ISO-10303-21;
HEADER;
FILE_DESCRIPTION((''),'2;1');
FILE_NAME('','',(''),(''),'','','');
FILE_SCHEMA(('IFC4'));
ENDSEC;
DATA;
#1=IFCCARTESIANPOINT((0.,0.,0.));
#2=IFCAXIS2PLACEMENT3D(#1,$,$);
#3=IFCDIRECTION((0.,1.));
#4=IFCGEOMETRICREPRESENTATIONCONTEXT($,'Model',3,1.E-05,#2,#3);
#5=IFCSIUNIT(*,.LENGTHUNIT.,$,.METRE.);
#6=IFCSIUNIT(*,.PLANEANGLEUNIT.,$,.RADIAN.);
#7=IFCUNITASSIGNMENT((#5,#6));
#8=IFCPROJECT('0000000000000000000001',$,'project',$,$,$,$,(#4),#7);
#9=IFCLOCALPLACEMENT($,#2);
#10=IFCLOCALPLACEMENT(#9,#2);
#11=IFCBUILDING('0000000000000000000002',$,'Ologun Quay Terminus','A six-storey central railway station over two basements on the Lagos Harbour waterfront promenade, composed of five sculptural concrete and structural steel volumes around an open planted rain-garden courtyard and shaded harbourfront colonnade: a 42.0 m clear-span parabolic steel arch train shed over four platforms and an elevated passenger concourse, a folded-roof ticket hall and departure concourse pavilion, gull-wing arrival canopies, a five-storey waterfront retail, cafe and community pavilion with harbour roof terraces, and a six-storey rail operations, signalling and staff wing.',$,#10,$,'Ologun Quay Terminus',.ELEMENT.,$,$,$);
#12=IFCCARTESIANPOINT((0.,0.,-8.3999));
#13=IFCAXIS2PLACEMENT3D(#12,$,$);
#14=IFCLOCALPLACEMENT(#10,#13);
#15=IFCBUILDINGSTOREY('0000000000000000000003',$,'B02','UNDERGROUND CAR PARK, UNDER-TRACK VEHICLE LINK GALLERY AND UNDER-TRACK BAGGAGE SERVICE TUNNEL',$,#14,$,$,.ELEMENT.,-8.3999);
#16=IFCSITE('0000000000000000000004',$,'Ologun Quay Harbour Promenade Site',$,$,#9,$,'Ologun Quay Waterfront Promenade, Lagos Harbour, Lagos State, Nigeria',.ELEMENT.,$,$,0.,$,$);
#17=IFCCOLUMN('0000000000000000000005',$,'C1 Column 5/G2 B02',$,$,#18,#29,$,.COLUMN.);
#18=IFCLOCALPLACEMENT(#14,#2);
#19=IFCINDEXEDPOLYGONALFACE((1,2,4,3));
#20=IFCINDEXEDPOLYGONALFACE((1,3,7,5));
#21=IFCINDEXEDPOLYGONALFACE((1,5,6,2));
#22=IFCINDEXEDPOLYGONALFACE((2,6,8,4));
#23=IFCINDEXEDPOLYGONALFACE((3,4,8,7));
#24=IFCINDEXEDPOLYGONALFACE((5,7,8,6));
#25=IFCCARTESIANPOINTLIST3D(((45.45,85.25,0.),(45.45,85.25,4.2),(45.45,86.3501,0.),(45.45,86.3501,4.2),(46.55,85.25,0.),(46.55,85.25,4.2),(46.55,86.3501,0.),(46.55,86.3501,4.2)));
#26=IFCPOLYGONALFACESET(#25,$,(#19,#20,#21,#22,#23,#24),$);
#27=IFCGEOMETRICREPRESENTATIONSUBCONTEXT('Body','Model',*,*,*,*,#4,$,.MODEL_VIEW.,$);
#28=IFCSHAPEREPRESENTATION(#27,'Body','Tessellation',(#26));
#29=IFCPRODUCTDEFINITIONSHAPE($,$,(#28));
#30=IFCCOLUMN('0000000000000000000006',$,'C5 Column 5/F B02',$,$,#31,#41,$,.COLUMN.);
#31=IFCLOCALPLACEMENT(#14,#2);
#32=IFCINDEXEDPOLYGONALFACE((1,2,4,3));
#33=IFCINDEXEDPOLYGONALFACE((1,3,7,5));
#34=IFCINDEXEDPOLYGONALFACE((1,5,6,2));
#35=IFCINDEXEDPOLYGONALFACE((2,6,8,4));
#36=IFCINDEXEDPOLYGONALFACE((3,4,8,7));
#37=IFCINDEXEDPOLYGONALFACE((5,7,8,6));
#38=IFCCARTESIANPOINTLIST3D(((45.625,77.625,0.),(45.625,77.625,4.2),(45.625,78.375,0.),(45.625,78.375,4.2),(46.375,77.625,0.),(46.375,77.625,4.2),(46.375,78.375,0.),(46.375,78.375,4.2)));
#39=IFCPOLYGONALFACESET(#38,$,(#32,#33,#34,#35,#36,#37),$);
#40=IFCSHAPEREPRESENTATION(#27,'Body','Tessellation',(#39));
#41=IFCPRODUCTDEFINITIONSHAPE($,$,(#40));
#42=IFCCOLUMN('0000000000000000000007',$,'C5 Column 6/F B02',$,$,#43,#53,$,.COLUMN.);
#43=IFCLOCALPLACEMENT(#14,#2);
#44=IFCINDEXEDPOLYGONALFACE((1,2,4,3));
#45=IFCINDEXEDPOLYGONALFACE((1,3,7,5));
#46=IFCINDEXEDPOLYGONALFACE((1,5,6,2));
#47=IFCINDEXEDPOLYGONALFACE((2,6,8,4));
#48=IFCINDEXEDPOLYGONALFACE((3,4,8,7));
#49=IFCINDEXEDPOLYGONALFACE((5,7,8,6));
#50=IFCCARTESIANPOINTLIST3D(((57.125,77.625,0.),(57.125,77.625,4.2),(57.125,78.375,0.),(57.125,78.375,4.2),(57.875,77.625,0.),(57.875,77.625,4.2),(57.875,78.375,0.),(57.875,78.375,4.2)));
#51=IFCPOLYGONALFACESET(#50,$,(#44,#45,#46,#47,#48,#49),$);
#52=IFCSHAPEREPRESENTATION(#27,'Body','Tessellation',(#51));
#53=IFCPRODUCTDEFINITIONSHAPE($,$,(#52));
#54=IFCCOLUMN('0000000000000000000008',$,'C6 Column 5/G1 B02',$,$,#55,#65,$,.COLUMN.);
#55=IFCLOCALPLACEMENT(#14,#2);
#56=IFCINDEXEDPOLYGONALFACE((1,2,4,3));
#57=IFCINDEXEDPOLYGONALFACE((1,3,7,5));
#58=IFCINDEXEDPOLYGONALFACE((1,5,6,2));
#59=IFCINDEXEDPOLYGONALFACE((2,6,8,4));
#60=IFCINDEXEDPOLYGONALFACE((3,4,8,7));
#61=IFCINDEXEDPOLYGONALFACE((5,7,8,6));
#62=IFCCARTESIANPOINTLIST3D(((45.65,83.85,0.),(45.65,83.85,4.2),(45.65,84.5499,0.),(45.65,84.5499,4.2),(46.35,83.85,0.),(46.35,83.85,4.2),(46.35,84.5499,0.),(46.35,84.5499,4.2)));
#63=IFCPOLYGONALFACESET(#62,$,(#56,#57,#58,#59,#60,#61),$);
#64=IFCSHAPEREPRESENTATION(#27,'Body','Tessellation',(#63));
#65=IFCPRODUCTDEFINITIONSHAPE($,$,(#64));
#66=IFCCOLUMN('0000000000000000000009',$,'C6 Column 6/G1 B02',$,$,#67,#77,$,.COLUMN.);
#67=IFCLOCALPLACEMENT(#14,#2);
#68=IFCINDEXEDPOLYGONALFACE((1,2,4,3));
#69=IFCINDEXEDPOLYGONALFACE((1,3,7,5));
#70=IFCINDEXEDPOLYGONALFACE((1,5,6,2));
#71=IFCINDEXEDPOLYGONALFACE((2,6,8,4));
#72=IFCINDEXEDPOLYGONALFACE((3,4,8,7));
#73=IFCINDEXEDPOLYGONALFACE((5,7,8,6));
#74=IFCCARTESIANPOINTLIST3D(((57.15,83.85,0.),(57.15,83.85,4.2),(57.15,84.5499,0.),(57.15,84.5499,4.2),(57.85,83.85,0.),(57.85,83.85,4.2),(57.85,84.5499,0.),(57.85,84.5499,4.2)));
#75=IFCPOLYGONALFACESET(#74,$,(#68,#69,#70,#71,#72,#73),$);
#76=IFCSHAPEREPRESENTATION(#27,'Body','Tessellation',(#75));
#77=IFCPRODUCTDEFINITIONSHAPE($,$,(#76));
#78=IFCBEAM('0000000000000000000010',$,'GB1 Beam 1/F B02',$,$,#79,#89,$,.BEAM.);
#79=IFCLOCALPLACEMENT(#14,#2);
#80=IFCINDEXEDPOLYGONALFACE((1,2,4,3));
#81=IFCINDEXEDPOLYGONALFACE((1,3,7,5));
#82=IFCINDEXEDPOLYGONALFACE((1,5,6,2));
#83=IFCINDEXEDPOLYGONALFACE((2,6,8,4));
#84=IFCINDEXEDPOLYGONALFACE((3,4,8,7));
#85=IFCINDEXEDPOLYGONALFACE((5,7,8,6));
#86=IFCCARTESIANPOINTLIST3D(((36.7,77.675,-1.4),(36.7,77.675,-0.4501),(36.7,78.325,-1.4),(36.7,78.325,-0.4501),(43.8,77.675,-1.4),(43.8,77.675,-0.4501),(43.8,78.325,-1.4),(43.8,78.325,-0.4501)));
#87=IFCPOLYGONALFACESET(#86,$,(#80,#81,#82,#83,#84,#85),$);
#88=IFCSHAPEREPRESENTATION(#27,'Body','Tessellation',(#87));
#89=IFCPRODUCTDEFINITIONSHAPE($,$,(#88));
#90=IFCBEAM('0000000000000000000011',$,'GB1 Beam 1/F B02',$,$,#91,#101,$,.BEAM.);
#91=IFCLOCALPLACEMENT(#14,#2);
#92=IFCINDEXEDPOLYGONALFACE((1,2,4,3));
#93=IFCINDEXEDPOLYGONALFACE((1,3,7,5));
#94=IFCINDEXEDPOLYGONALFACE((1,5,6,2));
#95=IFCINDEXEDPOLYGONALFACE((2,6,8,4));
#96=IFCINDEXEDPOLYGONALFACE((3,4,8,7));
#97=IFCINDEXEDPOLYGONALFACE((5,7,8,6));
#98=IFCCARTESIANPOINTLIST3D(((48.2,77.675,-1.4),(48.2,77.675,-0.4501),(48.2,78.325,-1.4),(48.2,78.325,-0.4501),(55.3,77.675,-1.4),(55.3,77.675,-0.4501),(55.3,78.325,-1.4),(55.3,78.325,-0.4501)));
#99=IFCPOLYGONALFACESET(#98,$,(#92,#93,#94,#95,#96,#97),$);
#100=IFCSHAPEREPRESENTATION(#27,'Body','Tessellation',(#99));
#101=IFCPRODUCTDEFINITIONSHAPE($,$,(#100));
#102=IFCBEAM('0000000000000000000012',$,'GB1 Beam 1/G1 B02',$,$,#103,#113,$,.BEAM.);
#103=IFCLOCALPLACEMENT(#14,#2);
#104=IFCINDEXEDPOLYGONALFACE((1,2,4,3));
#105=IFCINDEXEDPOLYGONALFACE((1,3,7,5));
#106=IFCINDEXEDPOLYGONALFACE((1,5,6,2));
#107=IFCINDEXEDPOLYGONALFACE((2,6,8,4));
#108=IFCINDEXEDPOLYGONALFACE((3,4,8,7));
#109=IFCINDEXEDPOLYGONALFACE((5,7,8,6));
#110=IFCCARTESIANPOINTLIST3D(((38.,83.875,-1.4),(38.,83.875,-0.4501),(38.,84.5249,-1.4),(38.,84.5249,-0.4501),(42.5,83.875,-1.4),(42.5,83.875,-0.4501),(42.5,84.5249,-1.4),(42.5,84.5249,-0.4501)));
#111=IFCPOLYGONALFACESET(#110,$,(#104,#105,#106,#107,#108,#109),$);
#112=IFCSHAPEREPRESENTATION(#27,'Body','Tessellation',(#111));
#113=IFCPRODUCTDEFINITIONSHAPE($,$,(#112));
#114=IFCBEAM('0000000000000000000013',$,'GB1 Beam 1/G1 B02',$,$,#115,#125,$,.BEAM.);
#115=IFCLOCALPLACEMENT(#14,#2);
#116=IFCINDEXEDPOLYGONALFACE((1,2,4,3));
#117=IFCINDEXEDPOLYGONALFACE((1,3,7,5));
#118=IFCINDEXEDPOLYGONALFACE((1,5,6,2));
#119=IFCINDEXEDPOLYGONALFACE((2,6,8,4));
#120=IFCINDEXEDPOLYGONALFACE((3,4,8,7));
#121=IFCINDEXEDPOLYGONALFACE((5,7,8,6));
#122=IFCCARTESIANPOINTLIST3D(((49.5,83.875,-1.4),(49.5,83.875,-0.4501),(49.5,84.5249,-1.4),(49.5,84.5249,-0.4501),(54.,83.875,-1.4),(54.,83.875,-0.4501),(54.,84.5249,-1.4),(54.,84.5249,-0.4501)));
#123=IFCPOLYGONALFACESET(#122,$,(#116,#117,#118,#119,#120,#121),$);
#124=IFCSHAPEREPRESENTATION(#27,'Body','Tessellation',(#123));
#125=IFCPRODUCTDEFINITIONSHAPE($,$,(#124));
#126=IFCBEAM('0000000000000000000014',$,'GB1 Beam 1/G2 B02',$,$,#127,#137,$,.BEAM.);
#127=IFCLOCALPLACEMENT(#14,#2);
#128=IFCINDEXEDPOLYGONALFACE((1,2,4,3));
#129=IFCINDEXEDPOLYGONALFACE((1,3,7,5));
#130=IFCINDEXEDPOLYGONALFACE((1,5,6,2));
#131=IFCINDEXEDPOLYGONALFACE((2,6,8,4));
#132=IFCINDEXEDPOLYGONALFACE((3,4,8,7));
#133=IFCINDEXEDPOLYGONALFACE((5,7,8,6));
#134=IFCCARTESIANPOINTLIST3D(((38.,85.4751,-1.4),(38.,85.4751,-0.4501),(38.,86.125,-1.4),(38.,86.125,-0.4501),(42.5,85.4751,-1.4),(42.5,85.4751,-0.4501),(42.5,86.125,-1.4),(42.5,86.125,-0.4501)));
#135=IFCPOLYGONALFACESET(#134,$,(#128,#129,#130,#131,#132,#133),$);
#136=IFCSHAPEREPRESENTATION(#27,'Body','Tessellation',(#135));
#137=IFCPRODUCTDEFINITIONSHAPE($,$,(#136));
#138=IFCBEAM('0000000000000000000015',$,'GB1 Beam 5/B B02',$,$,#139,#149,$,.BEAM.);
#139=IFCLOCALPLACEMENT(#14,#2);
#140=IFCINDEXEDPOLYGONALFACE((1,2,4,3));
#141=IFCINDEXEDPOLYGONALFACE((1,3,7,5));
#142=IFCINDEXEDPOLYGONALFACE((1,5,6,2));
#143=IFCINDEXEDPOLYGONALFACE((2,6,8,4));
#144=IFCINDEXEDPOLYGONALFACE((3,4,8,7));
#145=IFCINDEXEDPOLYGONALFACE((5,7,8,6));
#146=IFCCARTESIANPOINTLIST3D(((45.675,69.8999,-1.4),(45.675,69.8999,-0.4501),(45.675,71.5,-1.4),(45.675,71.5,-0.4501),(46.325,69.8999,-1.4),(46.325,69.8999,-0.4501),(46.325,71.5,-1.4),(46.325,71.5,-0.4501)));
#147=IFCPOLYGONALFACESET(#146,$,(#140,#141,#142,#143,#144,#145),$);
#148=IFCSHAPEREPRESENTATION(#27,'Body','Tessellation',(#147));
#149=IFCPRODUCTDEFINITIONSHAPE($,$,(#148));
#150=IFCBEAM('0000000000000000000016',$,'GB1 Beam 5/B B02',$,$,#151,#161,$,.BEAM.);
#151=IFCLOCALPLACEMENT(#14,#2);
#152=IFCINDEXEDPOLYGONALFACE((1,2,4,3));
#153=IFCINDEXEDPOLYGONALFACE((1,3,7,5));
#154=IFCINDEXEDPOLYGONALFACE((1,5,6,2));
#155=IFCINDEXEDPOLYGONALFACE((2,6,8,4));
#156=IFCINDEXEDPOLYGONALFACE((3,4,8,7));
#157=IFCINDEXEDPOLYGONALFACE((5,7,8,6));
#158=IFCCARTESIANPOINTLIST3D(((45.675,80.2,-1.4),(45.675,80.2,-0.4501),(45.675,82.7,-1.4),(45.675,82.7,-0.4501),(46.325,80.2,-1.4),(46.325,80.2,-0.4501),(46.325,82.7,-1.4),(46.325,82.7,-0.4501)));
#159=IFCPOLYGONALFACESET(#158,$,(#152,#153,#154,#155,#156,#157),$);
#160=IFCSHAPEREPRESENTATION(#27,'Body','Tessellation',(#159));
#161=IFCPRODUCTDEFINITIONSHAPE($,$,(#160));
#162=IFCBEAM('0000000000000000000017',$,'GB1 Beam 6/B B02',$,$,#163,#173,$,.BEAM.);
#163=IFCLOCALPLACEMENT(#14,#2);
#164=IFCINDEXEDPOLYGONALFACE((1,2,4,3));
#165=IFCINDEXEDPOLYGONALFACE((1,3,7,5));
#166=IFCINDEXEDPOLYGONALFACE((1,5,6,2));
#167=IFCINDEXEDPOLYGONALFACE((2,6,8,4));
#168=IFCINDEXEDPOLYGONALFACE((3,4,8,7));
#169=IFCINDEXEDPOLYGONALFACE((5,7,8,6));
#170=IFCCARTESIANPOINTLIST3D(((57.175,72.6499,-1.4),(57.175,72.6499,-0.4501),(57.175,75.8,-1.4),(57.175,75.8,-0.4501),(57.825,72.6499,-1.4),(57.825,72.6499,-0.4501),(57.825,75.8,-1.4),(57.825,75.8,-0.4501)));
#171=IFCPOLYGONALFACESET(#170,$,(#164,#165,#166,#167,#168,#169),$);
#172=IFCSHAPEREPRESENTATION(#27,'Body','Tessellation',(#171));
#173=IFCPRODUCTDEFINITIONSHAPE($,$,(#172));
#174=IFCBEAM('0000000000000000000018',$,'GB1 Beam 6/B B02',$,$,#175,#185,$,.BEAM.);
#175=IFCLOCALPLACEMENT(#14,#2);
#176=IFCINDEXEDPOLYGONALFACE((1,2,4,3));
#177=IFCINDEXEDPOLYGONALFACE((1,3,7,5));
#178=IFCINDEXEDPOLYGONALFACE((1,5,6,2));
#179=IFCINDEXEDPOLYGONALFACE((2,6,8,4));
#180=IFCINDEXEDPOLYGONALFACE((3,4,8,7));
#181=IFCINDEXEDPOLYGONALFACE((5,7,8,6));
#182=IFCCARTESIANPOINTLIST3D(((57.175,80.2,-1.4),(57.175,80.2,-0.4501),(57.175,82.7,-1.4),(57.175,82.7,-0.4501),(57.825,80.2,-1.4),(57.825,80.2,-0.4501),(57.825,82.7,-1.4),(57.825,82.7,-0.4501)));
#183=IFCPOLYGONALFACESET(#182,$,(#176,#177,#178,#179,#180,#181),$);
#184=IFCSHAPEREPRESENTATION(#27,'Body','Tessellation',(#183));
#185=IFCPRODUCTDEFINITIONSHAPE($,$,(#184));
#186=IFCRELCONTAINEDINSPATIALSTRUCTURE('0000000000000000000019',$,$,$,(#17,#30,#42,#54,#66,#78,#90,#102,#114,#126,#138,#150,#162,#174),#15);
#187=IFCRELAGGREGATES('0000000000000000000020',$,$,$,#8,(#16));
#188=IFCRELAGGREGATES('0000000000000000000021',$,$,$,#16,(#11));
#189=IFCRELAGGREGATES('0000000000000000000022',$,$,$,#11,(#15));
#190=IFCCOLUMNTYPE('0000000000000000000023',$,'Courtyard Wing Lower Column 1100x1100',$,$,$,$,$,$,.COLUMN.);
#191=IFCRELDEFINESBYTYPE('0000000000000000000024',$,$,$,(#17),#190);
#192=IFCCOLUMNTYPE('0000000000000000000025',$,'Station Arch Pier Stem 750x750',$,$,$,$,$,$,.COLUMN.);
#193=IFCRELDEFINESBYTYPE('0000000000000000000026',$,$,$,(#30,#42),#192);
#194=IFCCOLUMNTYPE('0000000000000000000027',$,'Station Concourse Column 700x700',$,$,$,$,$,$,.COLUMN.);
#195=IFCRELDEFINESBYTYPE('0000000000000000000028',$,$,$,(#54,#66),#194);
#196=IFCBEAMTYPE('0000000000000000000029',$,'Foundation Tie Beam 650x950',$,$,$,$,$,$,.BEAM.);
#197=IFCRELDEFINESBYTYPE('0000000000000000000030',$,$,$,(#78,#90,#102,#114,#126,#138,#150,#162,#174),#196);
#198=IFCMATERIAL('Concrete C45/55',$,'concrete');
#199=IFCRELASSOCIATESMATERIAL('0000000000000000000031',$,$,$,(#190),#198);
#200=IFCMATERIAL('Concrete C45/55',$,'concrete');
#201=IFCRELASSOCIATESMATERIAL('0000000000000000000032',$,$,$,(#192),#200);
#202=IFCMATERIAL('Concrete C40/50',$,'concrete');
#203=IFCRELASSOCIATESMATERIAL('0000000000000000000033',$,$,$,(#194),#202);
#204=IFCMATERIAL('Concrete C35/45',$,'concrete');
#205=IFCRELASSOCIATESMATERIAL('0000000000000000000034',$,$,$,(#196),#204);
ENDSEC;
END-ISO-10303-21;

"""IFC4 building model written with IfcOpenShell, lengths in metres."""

from ifc_helpers import new_model, si_unit, direction, frame, origin, origin_2d, place, context, subcontext, project, spatial, rectangle, extrude, material, material_profile, profile_set, type_object, element, save


model = new_model("IFC4")

# Units and contexts
model_context = context("Model", 3, precision=1e-05, world=origin(), true_north=direction((0.0, 1.0)))
body_context = subcontext(model_context, "Body", "Model", "MODEL_VIEW")
ifc_project = project(units=[si_unit("LENGTHUNIT", "METRE"), si_unit("PLANEANGLEUNIT", "RADIAN")], contexts=[model_context])

# Site, building, storey
site_placement = place(None, origin())
site = spatial("IfcSite", under=ifc_project, at=site_placement, Name="Ologun Quay Harbour Promenade Site", LongName="Ologun Quay Waterfront Promenade, Lagos Harbour, Lagos State, Nigeria", CompositionType="ELEMENT", RefElevation=0.0)
building_placement = place(site_placement, origin())
building = spatial("IfcBuilding", under=site, at=building_placement, Name="Ologun Quay Terminus", Description="A six-storey central railway station over two basements on the Lagos Harbour waterfront promenade, composed of five sculptural concrete and structural steel volumes around an open planted rain-garden courtyard and shaded harbourfront colonnade: a 42.0 m clear-span parabolic steel arch train shed over four platforms and an elevated passenger concourse, a folded-roof ticket hall and departure concourse pavilion, gull-wing arrival canopies, a five-storey waterfront retail, cafe and community pavilion with harbour roof terraces, and a six-storey rail operations, signalling and staff wing.", LongName="Ologun Quay Terminus", CompositionType="ELEMENT")
storey_placement = place(building_placement, frame((0.0, 0.0, -8.3999)))
storey = spatial("IfcBuildingStorey", under=building, at=storey_placement, Name="B02", Description="UNDERGROUND CAR PARK, UNDER-TRACK VEHICLE LINK GALLERY AND UNDER-TRACK BAGGAGE SERVICE TUNNEL", CompositionType="ELEMENT", Elevation=-8.3999)

# Columns
ifc_material_1 = material(Name="Concrete C45/55", Category="concrete")
ifc_material_profile_1 = material_profile(ifc_material_1, rectangle(XDim=1.1001, YDim=1.1001, at=origin_2d()), Name="RC 1100x1100")
ifc_profile_set_1 = profile_set([ifc_material_profile_1], Name="Concrete C45/55")
column_type_1 = type_object("IfcColumnType", Name="Courtyard Wing Lower Column 1100x1100", PredefinedType="COLUMN", material=ifc_profile_set_1)
column_placement = place(storey_placement, frame((46.0, 85.8, 0.0), z_axis=(0.0, 0.0, 1.0), x_axis=(1.0, 0.0, 0.0)))
element("IfcColumn", 1, at=column_placement, inside=storey, type_object=column_type_1, Name="C1 Column 5/G2 B02", PredefinedType="COLUMN", context=body_context, shape_type="SweptSolid", body=[
    extrude(rectangle(XDim=1.1001, YDim=1.1001, at=origin_2d()), origin(), (0.0, 0.0, 1.0), 4.2),
])
ifc_material_2 = material(Name="Concrete C45/55", Category="concrete")
ifc_material_profile_2 = material_profile(ifc_material_2, rectangle(XDim=0.75, YDim=0.75, at=origin_2d()), Name="RC 750x750")
ifc_profile_set_2 = profile_set([ifc_material_profile_2], Name="Concrete C45/55")
column_type_2 = type_object("IfcColumnType", Name="Station Arch Pier Stem 750x750", PredefinedType="COLUMN", material=ifc_profile_set_2)
for number, where, z_axis, x_axis, name in (
    (2, (46.0, 78.0, 0.0), (0.0, 0.0, 1.0), (1.0, 0.0, 0.0), "C5 Column 5/F B02"),
    (3, (57.5, 78.0, 0.0), (0.0, 0.0, 1.0), (1.0, 0.0, 0.0), "C5 Column 6/F B02"),
):
    element("IfcColumn", number, at=place(storey_placement, frame(where, z_axis=z_axis, x_axis=x_axis)), inside=storey, type_object=column_type_2, Name=name, PredefinedType="COLUMN", context=body_context, shape_type="SweptSolid", body=[
        extrude(rectangle(XDim=0.75, YDim=0.75, at=origin_2d()), origin(), (0.0, 0.0, 1.0), 4.2),
    ])
ifc_material_3 = material(Name="Concrete C40/50", Category="concrete")
ifc_material_profile_3 = material_profile(ifc_material_3, rectangle(XDim=0.7, YDim=0.7, at=origin_2d()), Name="RC 700x700")
ifc_profile_set_3 = profile_set([ifc_material_profile_3], Name="Concrete C40/50")
column_type_3 = type_object("IfcColumnType", Name="Station Concourse Column 700x700", PredefinedType="COLUMN", material=ifc_profile_set_3)
for number, where, z_axis, x_axis, name in (
    (4, (46.0, 84.2, 0.0), (0.0, 0.0, 1.0), (1.0, 0.0, 0.0), "C6 Column 5/G1 B02"),
    (5, (57.5, 84.2, 0.0), (0.0, 0.0, 1.0), (1.0, 0.0, 0.0), "C6 Column 6/G1 B02"),
):
    element("IfcColumn", number, at=place(storey_placement, frame(where, z_axis=z_axis, x_axis=x_axis)), inside=storey, type_object=column_type_3, Name=name, PredefinedType="COLUMN", context=body_context, shape_type="SweptSolid", body=[
        extrude(rectangle(XDim=0.7, YDim=0.7, at=origin_2d()), origin(), (0.0, 0.0, 1.0), 4.2),
    ])

# Beams
ifc_material_4 = material(Name="Concrete C35/45", Category="concrete")
ifc_material_profile_4 = material_profile(ifc_material_4, rectangle(XDim=0.6499, YDim=0.95, at=origin_2d()), Name="RC 650x950")
ifc_profile_set_4 = profile_set([ifc_material_profile_4], Name="Concrete C35/45")
beam_type = type_object("IfcBeamType", Name="Foundation Tie Beam 650x950", PredefinedType="BEAM", material=ifc_profile_set_4)
for number, where, z_axis, x_axis, name in (
    (6, (36.7, 78.0, -0.925), (1.0, 0.0, 0.0), (0.0, 1.0, 0.0), "GB1 Beam 1/F B02"),
    (7, (48.2, 78.0, -0.925), (1.0, 0.0, 0.0), (0.0, 1.0, 0.0), "GB1 Beam 1/F B02"),
):
    element("IfcBeam", number, at=place(storey_placement, frame(where, z_axis=z_axis, x_axis=x_axis)), inside=storey, type_object=beam_type, Name=name, PredefinedType="BEAM", context=body_context, shape_type="SweptSolid", body=[
        extrude(rectangle(XDim=0.6499, YDim=0.95, at=origin_2d()), origin(), (0.0, 0.0, 1.0), 7.1001),
    ])
for number, where, z_axis, x_axis, name in (
    (8, (38.0, 84.2, -0.925), (1.0, 0.0, 0.0), (0.0, 1.0, 0.0), "GB1 Beam 1/G1 B02"),
    (9, (49.5, 84.2, -0.925), (1.0, 0.0, 0.0), (0.0, 1.0, 0.0), "GB1 Beam 1/G1 B02"),
    (10, (38.0, 85.8, -0.925), (1.0, 0.0, 0.0), (0.0, 1.0, 0.0), "GB1 Beam 1/G2 B02"),
):
    element("IfcBeam", number, at=place(storey_placement, frame(where, z_axis=z_axis, x_axis=x_axis)), inside=storey, type_object=beam_type, Name=name, PredefinedType="BEAM", context=body_context, shape_type="SweptSolid", body=[
        extrude(rectangle(XDim=0.6499, YDim=0.95, at=origin_2d()), origin(), (0.0, 0.0, 1.0), 4.5),
    ])
beam_1_placement = place(storey_placement, frame((46.0, 69.8999, -0.925), z_axis=(0.0, 1.0, 0.0), x_axis=(-1.0, 0.0, 0.0)))
element("IfcBeam", 11, at=beam_1_placement, inside=storey, type_object=beam_type, Name="GB1 Beam 5/B B02", PredefinedType="BEAM", context=body_context, shape_type="SweptSolid", body=[
    extrude(rectangle(XDim=0.6499, YDim=0.95, at=origin_2d()), origin(), (0.0, 0.0, 1.0), 1.6001),
])
beam_2_placement = place(storey_placement, frame((46.0, 80.2, -0.925), z_axis=(0.0, 1.0, 0.0), x_axis=(-1.0, 0.0, 0.0)))
element("IfcBeam", 12, at=beam_2_placement, inside=storey, type_object=beam_type, Name="GB1 Beam 5/B B02", PredefinedType="BEAM", context=body_context, shape_type="SweptSolid", body=[
    extrude(rectangle(XDim=0.6499, YDim=0.95, at=origin_2d()), origin(), (0.0, 0.0, 1.0), 2.5),
])
beam_3_placement = place(storey_placement, frame((57.5, 72.6499, -0.925), z_axis=(0.0, 1.0, 0.0), x_axis=(-1.0, 0.0, 0.0)))
element("IfcBeam", 13, at=beam_3_placement, inside=storey, type_object=beam_type, Name="GB1 Beam 6/B B02", PredefinedType="BEAM", context=body_context, shape_type="SweptSolid", body=[
    extrude(rectangle(XDim=0.6499, YDim=0.95, at=origin_2d()), origin(), (0.0, 0.0, 1.0), 3.1501),
])
beam_4_placement = place(storey_placement, frame((57.5, 80.2, -0.925), z_axis=(0.0, 1.0, 0.0), x_axis=(-1.0, 0.0, 0.0)))
element("IfcBeam", 14, at=beam_4_placement, inside=storey, type_object=beam_type, Name="GB1 Beam 6/B B02", PredefinedType="BEAM", context=body_context, shape_type="SweptSolid", body=[
    extrude(rectangle(XDim=0.6499, YDim=0.95, at=origin_2d()), origin(), (0.0, 0.0, 1.0), 2.5),
])

save(model, "model.ifc")
